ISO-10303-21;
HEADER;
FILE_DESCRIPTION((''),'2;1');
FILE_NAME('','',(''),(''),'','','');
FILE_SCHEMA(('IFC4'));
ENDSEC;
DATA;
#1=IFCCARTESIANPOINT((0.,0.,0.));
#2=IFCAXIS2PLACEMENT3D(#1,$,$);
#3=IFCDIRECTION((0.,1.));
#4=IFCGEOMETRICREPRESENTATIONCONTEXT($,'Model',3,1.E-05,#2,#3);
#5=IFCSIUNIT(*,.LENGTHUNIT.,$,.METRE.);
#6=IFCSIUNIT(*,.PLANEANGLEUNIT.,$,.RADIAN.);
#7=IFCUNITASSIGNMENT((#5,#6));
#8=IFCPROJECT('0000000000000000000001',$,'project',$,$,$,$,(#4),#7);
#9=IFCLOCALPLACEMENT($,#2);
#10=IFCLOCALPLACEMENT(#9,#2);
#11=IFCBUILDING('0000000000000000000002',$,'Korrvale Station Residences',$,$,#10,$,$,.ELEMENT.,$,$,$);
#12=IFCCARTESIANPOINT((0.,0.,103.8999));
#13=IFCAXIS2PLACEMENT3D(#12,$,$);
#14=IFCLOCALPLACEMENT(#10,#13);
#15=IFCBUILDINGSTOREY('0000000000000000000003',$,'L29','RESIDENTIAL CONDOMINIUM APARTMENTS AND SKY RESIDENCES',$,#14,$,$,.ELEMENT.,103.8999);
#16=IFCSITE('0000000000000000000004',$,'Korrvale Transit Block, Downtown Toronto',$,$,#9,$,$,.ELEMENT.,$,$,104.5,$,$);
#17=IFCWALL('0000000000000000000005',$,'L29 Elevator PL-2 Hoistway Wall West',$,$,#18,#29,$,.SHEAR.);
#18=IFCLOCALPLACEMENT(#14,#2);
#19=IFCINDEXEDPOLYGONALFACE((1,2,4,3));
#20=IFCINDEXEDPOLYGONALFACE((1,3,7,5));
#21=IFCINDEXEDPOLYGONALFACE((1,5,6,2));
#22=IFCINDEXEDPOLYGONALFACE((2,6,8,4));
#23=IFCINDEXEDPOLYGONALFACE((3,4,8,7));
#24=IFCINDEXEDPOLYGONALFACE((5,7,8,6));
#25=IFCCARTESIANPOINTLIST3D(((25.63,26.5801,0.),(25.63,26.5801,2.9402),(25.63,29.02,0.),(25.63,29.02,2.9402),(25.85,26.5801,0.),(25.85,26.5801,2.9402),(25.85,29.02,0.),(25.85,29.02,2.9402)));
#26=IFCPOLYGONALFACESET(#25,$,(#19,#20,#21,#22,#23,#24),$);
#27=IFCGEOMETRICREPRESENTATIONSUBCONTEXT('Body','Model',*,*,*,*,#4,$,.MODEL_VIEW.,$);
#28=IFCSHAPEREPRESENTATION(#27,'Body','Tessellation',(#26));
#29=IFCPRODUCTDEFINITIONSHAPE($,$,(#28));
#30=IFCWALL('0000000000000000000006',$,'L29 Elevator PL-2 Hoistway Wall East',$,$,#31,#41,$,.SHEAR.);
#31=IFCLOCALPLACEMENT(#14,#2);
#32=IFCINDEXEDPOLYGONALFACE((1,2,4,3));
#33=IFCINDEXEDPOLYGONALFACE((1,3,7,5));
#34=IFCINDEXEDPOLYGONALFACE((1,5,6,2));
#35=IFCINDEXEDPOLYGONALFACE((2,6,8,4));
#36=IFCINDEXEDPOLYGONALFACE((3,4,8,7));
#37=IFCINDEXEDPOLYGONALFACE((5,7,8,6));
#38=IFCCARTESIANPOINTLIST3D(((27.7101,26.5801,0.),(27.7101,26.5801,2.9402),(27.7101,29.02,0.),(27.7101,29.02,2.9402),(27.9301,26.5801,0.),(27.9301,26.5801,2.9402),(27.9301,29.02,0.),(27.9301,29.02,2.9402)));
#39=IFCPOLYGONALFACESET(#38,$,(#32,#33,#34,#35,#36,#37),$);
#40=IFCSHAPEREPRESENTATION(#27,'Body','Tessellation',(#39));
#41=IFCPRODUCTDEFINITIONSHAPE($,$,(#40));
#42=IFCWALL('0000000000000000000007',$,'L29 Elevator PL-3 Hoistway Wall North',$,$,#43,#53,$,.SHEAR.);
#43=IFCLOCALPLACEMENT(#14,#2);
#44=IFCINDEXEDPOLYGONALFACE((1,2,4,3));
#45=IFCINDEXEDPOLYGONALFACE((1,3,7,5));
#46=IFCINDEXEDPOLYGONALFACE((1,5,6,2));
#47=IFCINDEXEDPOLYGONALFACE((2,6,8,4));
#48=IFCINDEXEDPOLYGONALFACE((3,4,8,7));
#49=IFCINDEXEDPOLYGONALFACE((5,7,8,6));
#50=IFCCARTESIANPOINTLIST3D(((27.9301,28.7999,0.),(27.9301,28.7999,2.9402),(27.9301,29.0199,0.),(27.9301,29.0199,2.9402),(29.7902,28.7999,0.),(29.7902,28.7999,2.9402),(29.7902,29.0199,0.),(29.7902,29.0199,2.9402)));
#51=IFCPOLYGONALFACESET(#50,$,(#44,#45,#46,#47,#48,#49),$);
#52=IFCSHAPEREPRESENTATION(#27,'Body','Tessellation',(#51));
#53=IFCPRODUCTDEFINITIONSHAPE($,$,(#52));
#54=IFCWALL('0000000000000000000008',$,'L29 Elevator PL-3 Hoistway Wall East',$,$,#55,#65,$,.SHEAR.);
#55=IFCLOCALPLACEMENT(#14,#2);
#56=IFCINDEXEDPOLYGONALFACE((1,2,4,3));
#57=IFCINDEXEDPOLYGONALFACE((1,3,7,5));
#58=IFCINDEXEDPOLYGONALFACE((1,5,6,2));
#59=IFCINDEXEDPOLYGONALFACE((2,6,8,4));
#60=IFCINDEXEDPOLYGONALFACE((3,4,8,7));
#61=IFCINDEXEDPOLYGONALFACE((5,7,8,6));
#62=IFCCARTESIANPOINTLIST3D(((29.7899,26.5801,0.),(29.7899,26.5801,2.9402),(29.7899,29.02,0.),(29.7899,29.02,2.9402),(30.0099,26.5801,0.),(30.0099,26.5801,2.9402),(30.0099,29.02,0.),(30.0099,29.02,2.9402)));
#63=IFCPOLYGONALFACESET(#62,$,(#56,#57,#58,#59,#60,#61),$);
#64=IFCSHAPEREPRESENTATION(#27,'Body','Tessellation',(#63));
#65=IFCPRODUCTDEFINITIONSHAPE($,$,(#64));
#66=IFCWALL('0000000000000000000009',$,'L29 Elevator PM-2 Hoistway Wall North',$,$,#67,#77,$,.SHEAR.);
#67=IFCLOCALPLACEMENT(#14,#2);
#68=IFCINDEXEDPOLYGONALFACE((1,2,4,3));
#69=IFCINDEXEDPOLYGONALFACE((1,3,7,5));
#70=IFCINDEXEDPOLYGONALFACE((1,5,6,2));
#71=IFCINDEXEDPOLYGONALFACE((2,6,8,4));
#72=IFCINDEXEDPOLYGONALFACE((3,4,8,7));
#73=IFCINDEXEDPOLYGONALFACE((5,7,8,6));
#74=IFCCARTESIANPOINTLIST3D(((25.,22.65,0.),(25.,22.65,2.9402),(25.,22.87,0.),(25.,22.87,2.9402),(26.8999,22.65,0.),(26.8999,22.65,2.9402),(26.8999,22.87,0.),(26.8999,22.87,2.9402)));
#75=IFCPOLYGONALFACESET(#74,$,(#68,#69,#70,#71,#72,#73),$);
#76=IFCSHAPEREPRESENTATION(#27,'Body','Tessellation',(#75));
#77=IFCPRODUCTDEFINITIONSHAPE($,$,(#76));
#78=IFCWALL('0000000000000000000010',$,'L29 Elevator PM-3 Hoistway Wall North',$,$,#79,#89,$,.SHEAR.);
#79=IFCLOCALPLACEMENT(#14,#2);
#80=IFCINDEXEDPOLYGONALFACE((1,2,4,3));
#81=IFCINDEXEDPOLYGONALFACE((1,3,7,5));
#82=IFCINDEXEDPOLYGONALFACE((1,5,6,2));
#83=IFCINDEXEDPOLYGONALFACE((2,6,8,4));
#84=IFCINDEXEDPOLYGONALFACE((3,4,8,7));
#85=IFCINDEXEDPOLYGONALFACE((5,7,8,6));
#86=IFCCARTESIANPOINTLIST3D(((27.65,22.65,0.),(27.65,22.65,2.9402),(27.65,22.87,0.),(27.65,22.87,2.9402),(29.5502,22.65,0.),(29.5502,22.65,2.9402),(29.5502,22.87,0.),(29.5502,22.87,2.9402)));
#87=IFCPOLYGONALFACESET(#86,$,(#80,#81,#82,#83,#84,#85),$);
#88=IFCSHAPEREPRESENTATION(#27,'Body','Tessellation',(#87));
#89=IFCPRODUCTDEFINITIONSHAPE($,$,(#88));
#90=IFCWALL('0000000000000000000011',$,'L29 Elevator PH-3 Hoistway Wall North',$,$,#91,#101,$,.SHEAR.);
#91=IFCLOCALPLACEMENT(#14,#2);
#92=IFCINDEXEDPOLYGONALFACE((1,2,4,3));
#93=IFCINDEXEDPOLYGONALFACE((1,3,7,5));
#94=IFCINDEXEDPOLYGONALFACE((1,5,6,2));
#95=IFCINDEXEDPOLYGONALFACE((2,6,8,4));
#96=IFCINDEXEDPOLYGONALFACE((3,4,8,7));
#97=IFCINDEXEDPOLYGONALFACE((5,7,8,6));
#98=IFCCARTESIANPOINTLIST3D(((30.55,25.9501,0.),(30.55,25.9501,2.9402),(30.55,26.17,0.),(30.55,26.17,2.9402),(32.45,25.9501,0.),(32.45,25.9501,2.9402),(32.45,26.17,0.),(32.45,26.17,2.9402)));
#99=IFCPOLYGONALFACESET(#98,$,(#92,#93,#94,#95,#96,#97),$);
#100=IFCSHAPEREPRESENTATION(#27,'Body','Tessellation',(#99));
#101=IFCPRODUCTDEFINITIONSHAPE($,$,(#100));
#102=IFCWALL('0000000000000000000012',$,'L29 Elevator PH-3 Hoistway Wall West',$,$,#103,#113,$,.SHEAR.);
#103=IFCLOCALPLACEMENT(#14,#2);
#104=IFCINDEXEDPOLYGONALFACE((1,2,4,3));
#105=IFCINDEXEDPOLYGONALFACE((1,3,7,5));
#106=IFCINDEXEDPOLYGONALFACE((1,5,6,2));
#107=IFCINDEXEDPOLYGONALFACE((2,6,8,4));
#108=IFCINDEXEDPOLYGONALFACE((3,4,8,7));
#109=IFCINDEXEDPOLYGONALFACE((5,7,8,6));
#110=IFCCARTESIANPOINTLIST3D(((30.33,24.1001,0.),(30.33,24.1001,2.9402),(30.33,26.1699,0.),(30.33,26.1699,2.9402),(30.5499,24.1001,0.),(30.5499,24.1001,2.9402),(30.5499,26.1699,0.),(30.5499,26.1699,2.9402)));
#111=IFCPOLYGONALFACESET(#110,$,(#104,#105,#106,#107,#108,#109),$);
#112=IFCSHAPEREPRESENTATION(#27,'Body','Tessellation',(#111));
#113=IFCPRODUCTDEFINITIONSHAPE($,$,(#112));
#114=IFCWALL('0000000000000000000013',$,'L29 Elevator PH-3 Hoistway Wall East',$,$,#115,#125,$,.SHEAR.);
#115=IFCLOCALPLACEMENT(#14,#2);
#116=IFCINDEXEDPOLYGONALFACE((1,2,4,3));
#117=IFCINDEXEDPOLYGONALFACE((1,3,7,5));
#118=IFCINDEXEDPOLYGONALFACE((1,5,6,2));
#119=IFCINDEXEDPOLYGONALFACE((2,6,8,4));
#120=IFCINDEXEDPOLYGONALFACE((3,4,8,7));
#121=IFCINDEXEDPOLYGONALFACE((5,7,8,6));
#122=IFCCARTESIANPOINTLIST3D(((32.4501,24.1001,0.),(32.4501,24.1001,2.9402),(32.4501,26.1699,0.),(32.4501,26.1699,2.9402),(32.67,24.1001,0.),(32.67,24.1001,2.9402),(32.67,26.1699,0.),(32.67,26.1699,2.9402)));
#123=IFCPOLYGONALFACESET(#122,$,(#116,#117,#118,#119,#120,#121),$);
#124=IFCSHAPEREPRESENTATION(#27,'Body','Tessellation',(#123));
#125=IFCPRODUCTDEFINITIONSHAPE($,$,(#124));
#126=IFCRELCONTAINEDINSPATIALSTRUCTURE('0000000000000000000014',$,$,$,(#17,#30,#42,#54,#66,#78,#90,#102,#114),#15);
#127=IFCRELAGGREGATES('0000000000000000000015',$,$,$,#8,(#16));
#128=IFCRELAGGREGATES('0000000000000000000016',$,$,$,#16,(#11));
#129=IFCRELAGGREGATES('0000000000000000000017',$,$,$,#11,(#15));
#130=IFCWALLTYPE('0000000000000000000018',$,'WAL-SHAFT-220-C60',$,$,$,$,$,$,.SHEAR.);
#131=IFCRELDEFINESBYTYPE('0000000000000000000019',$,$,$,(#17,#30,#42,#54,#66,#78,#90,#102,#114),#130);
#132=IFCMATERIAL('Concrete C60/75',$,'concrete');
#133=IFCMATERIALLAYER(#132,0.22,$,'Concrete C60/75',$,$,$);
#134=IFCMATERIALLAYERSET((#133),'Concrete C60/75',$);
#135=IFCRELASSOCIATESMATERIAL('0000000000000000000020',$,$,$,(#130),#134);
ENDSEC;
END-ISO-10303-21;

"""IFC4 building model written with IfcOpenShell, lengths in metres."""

from ifc_helpers import new_model, si_unit, direction, frame, frame_2d, origin, place, context, subcontext, project, spatial, rectangle, extrude, material, layer, layer_set, type_object, element, save


model = new_model("IFC4")

# Units and contexts
model_context = context("Model", 3, precision=1e-05, world=origin(), true_north=direction((0.0, 1.0)))
body_context = subcontext(model_context, "Body", "Model", "MODEL_VIEW")
ifc_project = project(units=[si_unit("LENGTHUNIT", "METRE"), si_unit("PLANEANGLEUNIT", "RADIAN")], contexts=[model_context])

# Site, building, storey
site_placement = place(None, origin())
site = spatial("IfcSite", under=ifc_project, at=site_placement, Name="Korrvale Transit Block, Downtown Toronto", CompositionType="ELEMENT", RefElevation=104.5)
building_placement = place(site_placement, origin())
building = spatial("IfcBuilding", under=site, at=building_placement, Name="Korrvale Station Residences", CompositionType="ELEMENT")
storey_placement = place(building_placement, frame((0.0, 0.0, 103.8999)))
storey = spatial("IfcBuildingStorey", under=building, at=storey_placement, Name="L29", Description="RESIDENTIAL CONDOMINIUM APARTMENTS AND SKY RESIDENCES", CompositionType="ELEMENT", Elevation=103.8999)

# Shared definitions
ifc_material_1 = material(Name="Concrete C60/75", Category="concrete")

# Shared definitions
ifc_layer_1 = layer(ifc_material_1, 0.22, Name="Concrete C60/75")
ifc_layer_set_1 = layer_set([ifc_layer_1], Name="Concrete C60/75")
wall_type_1 = type_object("IfcWallType", Name="WAL-SHAFT-220-C60", PredefinedType="SHEAR", material=ifc_layer_set_1)

# Walls
for number, where, z_axis, x_axis, name in (
    (1, (25.74, 26.5801, 0.0), (0.0, 0.0, 1.0), (0.0, 1.0, 0.0), "L29 Elevator PL-2 Hoistway Wall West"),
    (2, (27.8201, 26.5801, 0.0), (0.0, 0.0, 1.0), (0.0, 1.0, 0.0), "L29 Elevator PL-2 Hoistway Wall East"),
):
    element("IfcWall", number, at=place(storey_placement, frame(where, z_axis=z_axis, x_axis=x_axis)), inside=storey, type_object=wall_type_1, Name=name, PredefinedType="SHEAR", context=body_context, shape_type="SweptSolid", body=[
        extrude(rectangle(XDim=2.4399, YDim=0.22, at=frame_2d((1.22, 0.0))), origin(), (0.0, 0.0, 1.0), 2.9402),
    ])

# Walls
wall_1_placement = place(storey_placement, frame((27.9299, 28.9099, 0.0), z_axis=(0.0, 0.0, 1.0), x_axis=(1.0, 0.0, 0.0)))
element("IfcWall", 3, at=wall_1_placement, inside=storey, type_object=wall_type_1, Name="L29 Elevator PL-3 Hoistway Wall North", PredefinedType="SHEAR", context=body_context, shape_type="SweptSolid", body=[
    extrude(rectangle(XDim=1.8601, YDim=0.22, at=frame_2d((0.9302, 0.0))), origin(), (0.0, 0.0, 1.0), 2.9402),
])
wall_2_placement = place(storey_placement, frame((29.8999, 26.5801, 0.0), z_axis=(0.0, 0.0, 1.0), x_axis=(0.0, 1.0, 0.0)))
element("IfcWall", 4, at=wall_2_placement, inside=storey, type_object=wall_type_1, Name="L29 Elevator PL-3 Hoistway Wall East", PredefinedType="SHEAR", context=body_context, shape_type="SweptSolid", body=[
    extrude(rectangle(XDim=2.4399, YDim=0.22, at=frame_2d((1.22, 0.0))), origin(), (0.0, 0.0, 1.0), 2.9402),
])
wall_3_placement = place(storey_placement, frame((25.0, 22.76, 0.0), z_axis=(0.0, 0.0, 1.0), x_axis=(1.0, 0.0, 0.0)))
element("IfcWall", 5, at=wall_3_placement, inside=storey, type_object=wall_type_1, Name="L29 Elevator PM-2 Hoistway Wall North", PredefinedType="SHEAR", context=body_context, shape_type="SweptSolid", body=[
    extrude(rectangle(XDim=1.8999, YDim=0.22, at=frame_2d((0.95, 0.0))), origin(), (0.0, 0.0, 1.0), 2.9402),
])
wall_4_placement = place(storey_placement, frame((27.6499, 22.76, 0.0), z_axis=(0.0, 0.0, 1.0), x_axis=(1.0, 0.0, 0.0)))
element("IfcWall", 6, at=wall_4_placement, inside=storey, type_object=wall_type_1, Name="L29 Elevator PM-3 Hoistway Wall North", PredefinedType="SHEAR", context=body_context, shape_type="SweptSolid", body=[
    extrude(rectangle(XDim=1.9001, YDim=0.22, at=frame_2d((0.9502, 0.0))), origin(), (0.0, 0.0, 1.0), 2.9402),
])
wall_5_placement = place(storey_placement, frame((30.55, 26.0601, 0.0), z_axis=(0.0, 0.0, 1.0), x_axis=(1.0, 0.0, 0.0)))
element("IfcWall", 7, at=wall_5_placement, inside=storey, type_object=wall_type_1, Name="L29 Elevator PH-3 Hoistway Wall North", PredefinedType="SHEAR", context=body_context, shape_type="SweptSolid", body=[
    extrude(rectangle(XDim=1.8999, YDim=0.22, at=frame_2d((0.95, 0.0))), origin(), (0.0, 0.0, 1.0), 2.9402),
])
for number, where, z_axis, x_axis, name in (
    (8, (30.4399, 24.1001, 0.0), (0.0, 0.0, 1.0), (0.0, 1.0, 0.0), "L29 Elevator PH-3 Hoistway Wall West"),
    (9, (32.5601, 24.1001, 0.0), (0.0, 0.0, 1.0), (0.0, 1.0, 0.0), "L29 Elevator PH-3 Hoistway Wall East"),
):
    element("IfcWall", number, at=place(storey_placement, frame(where, z_axis=z_axis, x_axis=x_axis)), inside=storey, type_object=wall_type_1, Name=name, PredefinedType="SHEAR", context=body_context, shape_type="SweptSolid", body=[
        extrude(rectangle(XDim=2.0698, YDim=0.22, at=frame_2d((1.0349, 0.0))), origin(), (0.0, 0.0, 1.0), 2.9402),
    ])

save(model, "model.ifc")
